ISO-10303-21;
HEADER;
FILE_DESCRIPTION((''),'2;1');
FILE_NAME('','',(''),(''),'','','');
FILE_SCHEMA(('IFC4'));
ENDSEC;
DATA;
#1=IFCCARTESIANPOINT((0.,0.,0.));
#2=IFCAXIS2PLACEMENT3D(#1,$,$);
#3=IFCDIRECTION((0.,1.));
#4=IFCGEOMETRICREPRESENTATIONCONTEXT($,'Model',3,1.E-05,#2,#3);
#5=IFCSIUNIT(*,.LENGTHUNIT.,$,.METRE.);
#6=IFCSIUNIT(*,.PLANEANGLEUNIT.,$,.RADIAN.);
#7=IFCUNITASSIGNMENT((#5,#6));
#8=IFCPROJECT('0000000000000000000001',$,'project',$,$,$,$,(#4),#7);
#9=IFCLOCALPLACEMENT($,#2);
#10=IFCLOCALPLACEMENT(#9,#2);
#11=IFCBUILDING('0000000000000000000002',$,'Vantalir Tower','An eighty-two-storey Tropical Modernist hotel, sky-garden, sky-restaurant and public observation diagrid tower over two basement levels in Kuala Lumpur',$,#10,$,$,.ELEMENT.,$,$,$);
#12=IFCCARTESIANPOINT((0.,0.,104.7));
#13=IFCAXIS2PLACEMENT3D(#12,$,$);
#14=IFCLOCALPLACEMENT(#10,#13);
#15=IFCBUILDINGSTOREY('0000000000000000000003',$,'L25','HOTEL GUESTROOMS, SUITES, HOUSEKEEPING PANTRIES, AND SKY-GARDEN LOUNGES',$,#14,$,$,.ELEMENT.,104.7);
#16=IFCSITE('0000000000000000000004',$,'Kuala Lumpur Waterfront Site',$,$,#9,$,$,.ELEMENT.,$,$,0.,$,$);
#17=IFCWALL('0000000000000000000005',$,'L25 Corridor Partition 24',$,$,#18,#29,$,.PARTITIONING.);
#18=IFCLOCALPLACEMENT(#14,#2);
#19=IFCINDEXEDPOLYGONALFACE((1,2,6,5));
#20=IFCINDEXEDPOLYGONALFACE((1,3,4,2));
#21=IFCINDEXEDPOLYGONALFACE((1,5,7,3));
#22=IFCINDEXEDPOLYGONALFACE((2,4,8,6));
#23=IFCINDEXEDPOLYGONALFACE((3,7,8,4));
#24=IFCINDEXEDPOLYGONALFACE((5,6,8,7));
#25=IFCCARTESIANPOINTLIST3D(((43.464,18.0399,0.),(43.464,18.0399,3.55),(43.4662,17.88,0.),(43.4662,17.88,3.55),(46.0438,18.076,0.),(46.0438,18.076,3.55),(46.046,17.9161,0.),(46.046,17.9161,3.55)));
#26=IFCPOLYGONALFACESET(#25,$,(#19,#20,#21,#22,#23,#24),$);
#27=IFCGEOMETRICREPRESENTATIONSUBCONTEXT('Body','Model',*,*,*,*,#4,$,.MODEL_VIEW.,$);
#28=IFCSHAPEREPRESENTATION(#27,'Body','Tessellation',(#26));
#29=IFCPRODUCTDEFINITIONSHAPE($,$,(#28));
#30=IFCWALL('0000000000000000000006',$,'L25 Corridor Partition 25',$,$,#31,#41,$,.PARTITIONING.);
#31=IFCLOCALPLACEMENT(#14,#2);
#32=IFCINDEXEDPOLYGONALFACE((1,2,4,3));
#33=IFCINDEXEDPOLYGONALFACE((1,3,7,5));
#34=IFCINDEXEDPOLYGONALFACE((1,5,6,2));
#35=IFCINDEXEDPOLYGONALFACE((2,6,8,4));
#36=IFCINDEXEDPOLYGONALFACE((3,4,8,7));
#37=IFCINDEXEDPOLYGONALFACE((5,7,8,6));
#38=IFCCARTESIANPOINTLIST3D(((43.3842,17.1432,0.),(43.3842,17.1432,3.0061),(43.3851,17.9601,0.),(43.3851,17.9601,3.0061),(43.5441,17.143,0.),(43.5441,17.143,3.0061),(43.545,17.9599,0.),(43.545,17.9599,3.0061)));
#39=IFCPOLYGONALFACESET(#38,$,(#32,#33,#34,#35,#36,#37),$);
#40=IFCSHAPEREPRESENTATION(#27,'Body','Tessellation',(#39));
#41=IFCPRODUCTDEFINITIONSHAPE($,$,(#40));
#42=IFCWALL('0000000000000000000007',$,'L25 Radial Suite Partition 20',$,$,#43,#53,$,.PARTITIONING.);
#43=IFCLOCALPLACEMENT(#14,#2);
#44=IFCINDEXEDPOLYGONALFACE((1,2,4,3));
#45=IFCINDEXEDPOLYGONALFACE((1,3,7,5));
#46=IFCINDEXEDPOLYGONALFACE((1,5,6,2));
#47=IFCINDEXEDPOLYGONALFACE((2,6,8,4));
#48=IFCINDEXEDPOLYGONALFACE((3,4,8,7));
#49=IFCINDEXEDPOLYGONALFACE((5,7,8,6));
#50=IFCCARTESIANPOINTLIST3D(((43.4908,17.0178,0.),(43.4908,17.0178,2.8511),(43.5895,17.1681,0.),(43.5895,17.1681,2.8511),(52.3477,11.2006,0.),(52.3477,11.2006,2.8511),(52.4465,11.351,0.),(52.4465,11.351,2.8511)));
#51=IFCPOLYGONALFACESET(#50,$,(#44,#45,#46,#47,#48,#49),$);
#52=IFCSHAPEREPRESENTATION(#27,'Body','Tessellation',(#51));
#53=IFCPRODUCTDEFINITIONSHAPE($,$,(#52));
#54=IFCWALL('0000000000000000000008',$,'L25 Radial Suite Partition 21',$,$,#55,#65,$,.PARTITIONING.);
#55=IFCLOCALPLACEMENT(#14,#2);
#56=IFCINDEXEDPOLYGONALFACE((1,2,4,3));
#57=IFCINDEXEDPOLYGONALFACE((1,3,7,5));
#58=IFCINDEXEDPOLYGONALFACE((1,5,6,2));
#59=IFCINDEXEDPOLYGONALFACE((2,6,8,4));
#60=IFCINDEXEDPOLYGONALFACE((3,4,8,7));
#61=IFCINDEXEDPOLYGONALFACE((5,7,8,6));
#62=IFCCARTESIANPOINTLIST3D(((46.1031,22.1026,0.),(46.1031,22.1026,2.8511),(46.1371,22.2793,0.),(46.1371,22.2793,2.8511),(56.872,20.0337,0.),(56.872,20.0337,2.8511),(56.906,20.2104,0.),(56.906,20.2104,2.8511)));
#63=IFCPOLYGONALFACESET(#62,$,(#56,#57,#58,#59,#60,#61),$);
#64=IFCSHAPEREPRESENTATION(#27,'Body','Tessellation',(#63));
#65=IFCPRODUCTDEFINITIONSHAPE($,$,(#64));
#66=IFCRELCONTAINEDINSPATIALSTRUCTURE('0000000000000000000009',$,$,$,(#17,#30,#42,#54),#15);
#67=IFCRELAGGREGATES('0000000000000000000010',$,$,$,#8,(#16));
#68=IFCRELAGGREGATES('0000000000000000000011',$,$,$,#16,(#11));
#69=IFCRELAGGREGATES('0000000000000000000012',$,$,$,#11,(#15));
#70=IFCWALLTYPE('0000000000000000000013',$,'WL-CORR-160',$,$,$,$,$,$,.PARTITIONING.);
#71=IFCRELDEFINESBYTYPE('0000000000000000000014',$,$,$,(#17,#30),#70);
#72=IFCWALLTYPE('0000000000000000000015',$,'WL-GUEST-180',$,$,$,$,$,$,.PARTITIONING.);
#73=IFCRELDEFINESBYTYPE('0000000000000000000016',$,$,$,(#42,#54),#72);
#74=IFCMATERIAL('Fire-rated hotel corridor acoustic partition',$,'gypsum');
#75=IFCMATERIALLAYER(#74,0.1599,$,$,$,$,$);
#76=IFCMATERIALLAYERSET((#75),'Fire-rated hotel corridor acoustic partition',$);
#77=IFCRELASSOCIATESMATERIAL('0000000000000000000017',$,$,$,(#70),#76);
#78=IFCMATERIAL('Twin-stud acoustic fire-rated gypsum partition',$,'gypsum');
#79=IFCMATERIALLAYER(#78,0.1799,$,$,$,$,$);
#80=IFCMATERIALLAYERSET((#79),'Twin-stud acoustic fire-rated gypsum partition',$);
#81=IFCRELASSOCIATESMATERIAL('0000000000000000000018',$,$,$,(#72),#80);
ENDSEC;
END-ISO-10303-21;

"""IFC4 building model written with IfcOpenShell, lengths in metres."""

from ifc_helpers import new_model, si_unit, direction, frame, frame_2d, origin, place, context, subcontext, project, spatial, rectangle, extrude, material, layer, layer_set, type_object, element, save


model = new_model("IFC4")

# Units and contexts
model_context = context("Model", 3, precision=1e-05, world=origin(), true_north=direction((0.0, 1.0)))
body_context = subcontext(model_context, "Body", "Model", "MODEL_VIEW")
ifc_project = project(units=[si_unit("LENGTHUNIT", "METRE"), si_unit("PLANEANGLEUNIT", "RADIAN")], contexts=[model_context])

# Site, building, storey
site_placement = place(None, origin())
site = spatial("IfcSite", under=ifc_project, at=site_placement, Name="Kuala Lumpur Waterfront Site", CompositionType="ELEMENT", RefElevation=0.0)
building_placement = place(site_placement, origin())
building = spatial("IfcBuilding", under=site, at=building_placement, Name="Vantalir Tower", Description="An eighty-two-storey Tropical Modernist hotel, sky-garden, sky-restaurant and public observation diagrid tower over two basement levels in Kuala Lumpur", CompositionType="ELEMENT")
storey_placement = place(building_placement, frame((0.0, 0.0, 104.7)))
storey = spatial("IfcBuildingStorey", under=building, at=storey_placement, Name="L25", Description="HOTEL GUESTROOMS, SUITES, HOUSEKEEPING PANTRIES, AND SKY-GARDEN LOUNGES", CompositionType="ELEMENT", Elevation=104.7)

# Shared definitions
ifc_material_1 = material(Name="Fire-rated hotel corridor acoustic partition", Category="gypsum")
ifc_layer_1 = layer(ifc_material_1, 0.1599)
ifc_layer_set_1 = layer_set([ifc_layer_1], Name="Fire-rated hotel corridor acoustic partition")
wall_type_1 = type_object("IfcWallType", Name="WL-CORR-160", PredefinedType="PARTITIONING", material=ifc_layer_set_1)

# Walls
wall_1_placement = place(storey_placement, frame((46.0449, 17.9961, 0.0), z_axis=(0.0, 0.0, 1.0), x_axis=(-0.999902, -0.014004, 0.0)))
element("IfcWall", 1, at=wall_1_placement, inside=storey, type_object=wall_type_1, Name="L25 Corridor Partition 24", PredefinedType="PARTITIONING", context=body_context, shape_type="SweptSolid", body=[
    extrude(rectangle(XDim=2.5801, YDim=0.1599, at=frame_2d((1.29, 0.0))), origin(), (0.0, 0.0, 1.0), 3.55),
])
wall_2_placement = place(storey_placement, frame((43.4651, 17.96, 0.0), z_axis=(0.0, 0.0, 1.0), x_axis=(-0.001195, -0.999999, 0.0)))
element("IfcWall", 2, at=wall_2_placement, inside=storey, type_object=wall_type_1, Name="L25 Corridor Partition 25", PredefinedType="PARTITIONING", context=body_context, shape_type="SweptSolid", body=[
    extrude(rectangle(XDim=0.8169, YDim=0.1599, at=frame_2d((0.4084, 0.0))), origin(), (0.0, 0.0, 1.0), 3.0061),
])
ifc_material_2 = material(Name="Twin-stud acoustic fire-rated gypsum partition", Category="gypsum")
ifc_layer_2 = layer(ifc_material_2, 0.1799)
ifc_layer_set_2 = layer_set([ifc_layer_2], Name="Twin-stud acoustic fire-rated gypsum partition")
wall_type_2 = type_object("IfcWallType", Name="WL-GUEST-180", PredefinedType="PARTITIONING", material=ifc_layer_set_2)
wall_3_placement = place(storey_placement, frame((43.54, 17.093, 0.0), z_axis=(0.0, 0.0, 1.0), x_axis=(0.835841, -0.548971, 0.0)))
element("IfcWall", 3, at=wall_3_placement, inside=storey, type_object=wall_type_2, Name="L25 Radial Suite Partition 20", PredefinedType="PARTITIONING", context=body_context, shape_type="SweptSolid", body=[
    extrude(rectangle(XDim=10.5964, YDim=0.1799, at=frame_2d((5.2983, 0.0))), origin(), (0.0, 0.0, 1.0), 2.8511),
])
wall_4_placement = place(storey_placement, frame((46.1201, 22.1909, 0.0), z_axis=(0.0, 0.0, 1.0), x_axis=(0.982042, -0.188665, 0.0)))
element("IfcWall", 4, at=wall_4_placement, inside=storey, type_object=wall_type_2, Name="L25 Radial Suite Partition 21", PredefinedType="PARTITIONING", context=body_context, shape_type="SweptSolid", body=[
    extrude(rectangle(XDim=10.9658, YDim=0.1799, at=frame_2d((5.4829, 0.0))), origin(), (0.0, 0.0, 1.0), 2.8511),
])

save(model, "model.ifc")
